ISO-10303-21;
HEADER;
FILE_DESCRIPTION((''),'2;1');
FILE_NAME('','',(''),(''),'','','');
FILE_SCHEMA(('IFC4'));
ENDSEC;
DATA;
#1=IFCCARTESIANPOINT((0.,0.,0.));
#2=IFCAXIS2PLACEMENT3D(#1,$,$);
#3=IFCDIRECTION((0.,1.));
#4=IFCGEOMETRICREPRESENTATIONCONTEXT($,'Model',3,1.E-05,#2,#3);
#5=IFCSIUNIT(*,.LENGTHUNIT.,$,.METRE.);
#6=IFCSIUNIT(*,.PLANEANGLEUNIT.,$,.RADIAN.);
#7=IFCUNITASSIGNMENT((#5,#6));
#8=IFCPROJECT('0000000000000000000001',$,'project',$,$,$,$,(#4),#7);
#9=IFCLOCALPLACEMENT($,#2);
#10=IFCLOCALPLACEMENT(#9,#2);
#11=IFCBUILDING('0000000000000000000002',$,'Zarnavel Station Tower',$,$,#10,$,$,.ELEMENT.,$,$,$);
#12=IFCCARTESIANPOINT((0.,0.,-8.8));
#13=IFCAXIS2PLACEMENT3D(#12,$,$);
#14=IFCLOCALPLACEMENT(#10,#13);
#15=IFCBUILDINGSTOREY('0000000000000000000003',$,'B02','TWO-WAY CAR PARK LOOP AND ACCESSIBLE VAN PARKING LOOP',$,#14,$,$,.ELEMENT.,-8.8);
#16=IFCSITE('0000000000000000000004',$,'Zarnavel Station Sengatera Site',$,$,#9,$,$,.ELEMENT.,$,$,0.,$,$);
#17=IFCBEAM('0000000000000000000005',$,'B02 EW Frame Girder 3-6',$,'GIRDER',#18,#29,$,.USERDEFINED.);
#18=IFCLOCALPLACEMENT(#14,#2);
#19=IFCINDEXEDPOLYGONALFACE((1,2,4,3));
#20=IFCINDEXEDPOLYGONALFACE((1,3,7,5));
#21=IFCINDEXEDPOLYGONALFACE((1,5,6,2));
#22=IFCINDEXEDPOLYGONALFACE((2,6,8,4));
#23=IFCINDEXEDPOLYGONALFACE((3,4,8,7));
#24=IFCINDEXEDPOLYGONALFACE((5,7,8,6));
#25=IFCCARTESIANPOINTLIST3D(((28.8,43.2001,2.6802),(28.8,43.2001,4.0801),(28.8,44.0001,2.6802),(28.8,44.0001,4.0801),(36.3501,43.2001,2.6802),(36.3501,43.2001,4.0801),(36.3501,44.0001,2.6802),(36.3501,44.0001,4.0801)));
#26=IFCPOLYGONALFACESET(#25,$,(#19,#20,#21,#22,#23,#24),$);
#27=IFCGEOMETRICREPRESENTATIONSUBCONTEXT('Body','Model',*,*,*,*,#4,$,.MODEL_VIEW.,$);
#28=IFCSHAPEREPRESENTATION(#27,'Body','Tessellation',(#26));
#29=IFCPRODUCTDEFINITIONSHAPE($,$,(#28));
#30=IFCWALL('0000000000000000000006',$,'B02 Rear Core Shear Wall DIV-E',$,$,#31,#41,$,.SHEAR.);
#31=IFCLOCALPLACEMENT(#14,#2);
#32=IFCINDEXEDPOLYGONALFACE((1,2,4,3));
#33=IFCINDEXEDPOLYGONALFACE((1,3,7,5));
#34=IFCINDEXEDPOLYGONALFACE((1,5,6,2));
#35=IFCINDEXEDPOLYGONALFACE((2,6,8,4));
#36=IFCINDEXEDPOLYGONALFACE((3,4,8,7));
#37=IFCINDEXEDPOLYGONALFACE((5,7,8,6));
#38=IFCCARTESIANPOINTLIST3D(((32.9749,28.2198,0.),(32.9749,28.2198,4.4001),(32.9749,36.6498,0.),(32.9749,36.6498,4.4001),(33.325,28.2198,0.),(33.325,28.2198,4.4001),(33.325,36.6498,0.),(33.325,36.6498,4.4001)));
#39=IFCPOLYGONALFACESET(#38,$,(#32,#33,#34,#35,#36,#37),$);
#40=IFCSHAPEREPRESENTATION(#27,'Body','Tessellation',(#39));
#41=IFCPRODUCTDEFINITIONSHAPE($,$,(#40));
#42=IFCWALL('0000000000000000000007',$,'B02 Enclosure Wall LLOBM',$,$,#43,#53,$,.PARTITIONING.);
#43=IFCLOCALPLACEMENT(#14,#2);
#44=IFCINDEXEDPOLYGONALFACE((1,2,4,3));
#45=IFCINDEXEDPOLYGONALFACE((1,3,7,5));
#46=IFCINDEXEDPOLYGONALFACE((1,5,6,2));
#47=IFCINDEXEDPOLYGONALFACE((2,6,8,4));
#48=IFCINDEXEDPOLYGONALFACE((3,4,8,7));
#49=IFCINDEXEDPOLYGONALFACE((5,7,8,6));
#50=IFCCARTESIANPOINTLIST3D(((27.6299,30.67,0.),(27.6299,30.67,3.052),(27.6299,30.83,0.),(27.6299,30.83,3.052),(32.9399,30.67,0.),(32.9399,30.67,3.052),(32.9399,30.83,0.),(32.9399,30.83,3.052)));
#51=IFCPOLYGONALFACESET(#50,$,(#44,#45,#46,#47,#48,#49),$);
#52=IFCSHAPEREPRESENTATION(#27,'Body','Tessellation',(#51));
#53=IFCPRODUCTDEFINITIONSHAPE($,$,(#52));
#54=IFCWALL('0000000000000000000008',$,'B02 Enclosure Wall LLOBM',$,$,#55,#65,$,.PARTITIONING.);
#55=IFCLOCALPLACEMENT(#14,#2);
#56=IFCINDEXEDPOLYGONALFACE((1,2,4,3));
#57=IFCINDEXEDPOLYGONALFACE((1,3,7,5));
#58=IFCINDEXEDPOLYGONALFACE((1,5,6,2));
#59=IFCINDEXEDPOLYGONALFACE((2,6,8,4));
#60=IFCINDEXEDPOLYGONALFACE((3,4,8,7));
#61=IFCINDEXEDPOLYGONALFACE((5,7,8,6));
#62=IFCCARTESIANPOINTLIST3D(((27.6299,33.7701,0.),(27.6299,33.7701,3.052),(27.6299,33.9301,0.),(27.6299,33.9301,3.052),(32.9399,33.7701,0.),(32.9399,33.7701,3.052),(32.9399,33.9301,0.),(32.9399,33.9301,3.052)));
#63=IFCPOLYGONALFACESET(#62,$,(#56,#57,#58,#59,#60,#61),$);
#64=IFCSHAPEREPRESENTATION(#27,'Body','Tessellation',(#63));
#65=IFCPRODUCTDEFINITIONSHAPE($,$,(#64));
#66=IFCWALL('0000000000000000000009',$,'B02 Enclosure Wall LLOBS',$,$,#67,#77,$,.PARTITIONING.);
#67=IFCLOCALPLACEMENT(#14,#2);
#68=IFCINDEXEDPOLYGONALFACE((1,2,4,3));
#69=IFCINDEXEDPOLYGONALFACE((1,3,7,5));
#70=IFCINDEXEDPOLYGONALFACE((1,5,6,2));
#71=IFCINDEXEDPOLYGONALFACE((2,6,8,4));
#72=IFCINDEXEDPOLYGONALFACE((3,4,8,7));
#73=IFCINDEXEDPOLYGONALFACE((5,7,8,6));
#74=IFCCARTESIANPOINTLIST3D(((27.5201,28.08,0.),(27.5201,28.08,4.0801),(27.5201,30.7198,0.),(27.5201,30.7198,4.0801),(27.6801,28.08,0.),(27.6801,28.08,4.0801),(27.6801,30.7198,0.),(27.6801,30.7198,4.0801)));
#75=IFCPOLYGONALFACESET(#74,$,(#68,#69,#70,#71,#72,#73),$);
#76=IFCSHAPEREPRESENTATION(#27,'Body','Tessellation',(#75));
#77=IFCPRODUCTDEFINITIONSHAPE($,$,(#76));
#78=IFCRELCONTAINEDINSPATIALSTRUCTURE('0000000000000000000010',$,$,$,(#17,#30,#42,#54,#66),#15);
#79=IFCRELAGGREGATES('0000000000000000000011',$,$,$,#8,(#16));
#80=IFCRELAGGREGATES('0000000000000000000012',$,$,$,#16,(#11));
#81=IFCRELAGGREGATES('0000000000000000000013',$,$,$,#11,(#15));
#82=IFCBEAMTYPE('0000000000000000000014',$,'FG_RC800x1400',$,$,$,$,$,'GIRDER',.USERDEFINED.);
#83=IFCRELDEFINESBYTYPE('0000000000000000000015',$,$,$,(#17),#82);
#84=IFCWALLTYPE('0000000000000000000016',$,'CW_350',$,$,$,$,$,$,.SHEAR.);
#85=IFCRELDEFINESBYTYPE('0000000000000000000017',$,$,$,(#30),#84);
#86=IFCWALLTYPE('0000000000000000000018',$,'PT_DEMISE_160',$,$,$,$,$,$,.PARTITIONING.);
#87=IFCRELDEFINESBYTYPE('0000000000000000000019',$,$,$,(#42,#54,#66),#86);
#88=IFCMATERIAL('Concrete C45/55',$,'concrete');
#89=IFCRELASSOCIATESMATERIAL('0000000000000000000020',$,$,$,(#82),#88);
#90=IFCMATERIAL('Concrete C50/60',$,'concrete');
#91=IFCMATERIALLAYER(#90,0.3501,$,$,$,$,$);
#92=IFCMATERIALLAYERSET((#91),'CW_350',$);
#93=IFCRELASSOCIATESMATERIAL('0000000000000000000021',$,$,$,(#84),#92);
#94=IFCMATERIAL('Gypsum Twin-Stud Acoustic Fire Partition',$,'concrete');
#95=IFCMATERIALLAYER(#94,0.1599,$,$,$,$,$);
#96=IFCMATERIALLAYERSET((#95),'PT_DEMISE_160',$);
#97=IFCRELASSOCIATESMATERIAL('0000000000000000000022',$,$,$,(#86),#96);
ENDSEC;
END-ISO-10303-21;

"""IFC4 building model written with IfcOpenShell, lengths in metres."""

from ifc_helpers import new_model, si_unit, direction, frame, frame_2d, origin, origin_2d, place, context, subcontext, project, spatial, rectangle, extrude, material, layer, layer_set, material_profile, profile_set, type_object, element, save


model = new_model("IFC4")

# Units and contexts
model_context = context("Model", 3, precision=1e-05, world=origin(), true_north=direction((0.0, 1.0)))
body_context = subcontext(model_context, "Body", "Model", "MODEL_VIEW")
ifc_project = project(units=[si_unit("LENGTHUNIT", "METRE"), si_unit("PLANEANGLEUNIT", "RADIAN")], contexts=[model_context])

# Site, building, storey
site_placement = place(None, origin())
site = spatial("IfcSite", under=ifc_project, at=site_placement, Name="Zarnavel Station Sengatera Site", CompositionType="ELEMENT", RefElevation=0.0)
building_placement = place(site_placement, origin())
building = spatial("IfcBuilding", under=site, at=building_placement, Name="Zarnavel Station Tower", CompositionType="ELEMENT")
storey_placement = place(building_placement, frame((0.0, 0.0, -8.8)))
storey = spatial("IfcBuildingStorey", under=building, at=storey_placement, Name="B02", Description="TWO-WAY CAR PARK LOOP AND ACCESSIBLE VAN PARKING LOOP", CompositionType="ELEMENT", Elevation=-8.8)

# Beam
ifc_material_1 = material(Name="Concrete C45/55", Category="concrete")
ifc_material_profile_1 = material_profile(ifc_material_1, rectangle(XDim=0.8, YDim=1.3999, at=origin_2d()), Name="RC800x1400")
ifc_profile_set_1 = profile_set([ifc_material_profile_1], Name="Concrete C45/55")
beam_type_1 = type_object("IfcBeamType", Name="FG_RC800x1400", ElementType="GIRDER", PredefinedType="USERDEFINED", material=ifc_profile_set_1)
beam_1_placement = place(storey_placement, frame((28.8, 43.6001, 3.3801), z_axis=(1.0, 0.0, 0.0), x_axis=(0.0, 1.0, 0.0)))
element("IfcBeam", 1, at=beam_1_placement, inside=storey, type_object=beam_type_1, Name="B02 EW Frame Girder 3-6", ObjectType="GIRDER", PredefinedType="USERDEFINED", context=body_context, shape_type="SweptSolid", body=[
    extrude(rectangle(XDim=0.8, YDim=1.3999, at=origin_2d()), origin(), (0.0, 0.0, 1.0), 7.55),
])

# Walls
ifc_material_2 = material(Name="Concrete C50/60", Category="concrete")
ifc_layer_1 = layer(ifc_material_2, 0.3501)
ifc_layer_set_1 = layer_set([ifc_layer_1], Name="CW_350")
wall_type_1 = type_object("IfcWallType", Name="CW_350", PredefinedType="SHEAR", material=ifc_layer_set_1)
wall_1_placement = place(storey_placement, frame((33.1499, 28.22, 0.0), z_axis=(0.0, 0.0, 1.0), x_axis=(0.0, 1.0, 0.0)))
element("IfcWall", 2, at=wall_1_placement, inside=storey, type_object=wall_type_1, Name="B02 Rear Core Shear Wall DIV-E", PredefinedType="SHEAR", context=body_context, shape_type="SweptSolid", body=[
    extrude(rectangle(XDim=8.4299, YDim=0.3501, at=frame_2d((4.2148, 0.0))), origin(), (0.0, 0.0, 1.0), 4.4001),
])
ifc_material_3 = material(Name="Gypsum Twin-Stud Acoustic Fire Partition", Category="concrete")
ifc_layer_2 = layer(ifc_material_3, 0.1599)
ifc_layer_set_2 = layer_set([ifc_layer_2], Name="PT_DEMISE_160")
wall_type_2 = type_object("IfcWallType", Name="PT_DEMISE_160", PredefinedType="PARTITIONING", material=ifc_layer_set_2)
for number, where, z_axis, x_axis, name in (
    (3, (27.6299, 30.75, 0.0), (0.0, 0.0, 1.0), (1.0, 0.0, 0.0), "B02 Enclosure Wall LLOBM"),
    (4, (27.6299, 33.8501, 0.0), (0.0, 0.0, 1.0), (1.0, 0.0, 0.0), "B02 Enclosure Wall LLOBM"),
):
    element("IfcWall", number, at=place(storey_placement, frame(where, z_axis=z_axis, x_axis=x_axis)), inside=storey, type_object=wall_type_2, Name=name, PredefinedType="PARTITIONING", context=body_context, shape_type="SweptSolid", body=[
        extrude(rectangle(XDim=5.3101, YDim=0.1599, at=frame_2d((2.655, 0.0))), origin(), (0.0, 0.0, 1.0), 3.052),
    ])
wall_2_placement = place(storey_placement, frame((27.6001, 28.0801, 0.0), z_axis=(0.0, 0.0, 1.0), x_axis=(0.0, 1.0, 0.0)))
element("IfcWall", 5, at=wall_2_placement, inside=storey, type_object=wall_type_2, Name="B02 Enclosure Wall LLOBS", PredefinedType="PARTITIONING", context=body_context, shape_type="SweptSolid", body=[
    extrude(rectangle(XDim=2.6399, YDim=0.1599, at=frame_2d((1.3198, 0.0))), origin(), (0.0, 0.0, 1.0), 4.0801),
])

save(model, "model.ifc")
